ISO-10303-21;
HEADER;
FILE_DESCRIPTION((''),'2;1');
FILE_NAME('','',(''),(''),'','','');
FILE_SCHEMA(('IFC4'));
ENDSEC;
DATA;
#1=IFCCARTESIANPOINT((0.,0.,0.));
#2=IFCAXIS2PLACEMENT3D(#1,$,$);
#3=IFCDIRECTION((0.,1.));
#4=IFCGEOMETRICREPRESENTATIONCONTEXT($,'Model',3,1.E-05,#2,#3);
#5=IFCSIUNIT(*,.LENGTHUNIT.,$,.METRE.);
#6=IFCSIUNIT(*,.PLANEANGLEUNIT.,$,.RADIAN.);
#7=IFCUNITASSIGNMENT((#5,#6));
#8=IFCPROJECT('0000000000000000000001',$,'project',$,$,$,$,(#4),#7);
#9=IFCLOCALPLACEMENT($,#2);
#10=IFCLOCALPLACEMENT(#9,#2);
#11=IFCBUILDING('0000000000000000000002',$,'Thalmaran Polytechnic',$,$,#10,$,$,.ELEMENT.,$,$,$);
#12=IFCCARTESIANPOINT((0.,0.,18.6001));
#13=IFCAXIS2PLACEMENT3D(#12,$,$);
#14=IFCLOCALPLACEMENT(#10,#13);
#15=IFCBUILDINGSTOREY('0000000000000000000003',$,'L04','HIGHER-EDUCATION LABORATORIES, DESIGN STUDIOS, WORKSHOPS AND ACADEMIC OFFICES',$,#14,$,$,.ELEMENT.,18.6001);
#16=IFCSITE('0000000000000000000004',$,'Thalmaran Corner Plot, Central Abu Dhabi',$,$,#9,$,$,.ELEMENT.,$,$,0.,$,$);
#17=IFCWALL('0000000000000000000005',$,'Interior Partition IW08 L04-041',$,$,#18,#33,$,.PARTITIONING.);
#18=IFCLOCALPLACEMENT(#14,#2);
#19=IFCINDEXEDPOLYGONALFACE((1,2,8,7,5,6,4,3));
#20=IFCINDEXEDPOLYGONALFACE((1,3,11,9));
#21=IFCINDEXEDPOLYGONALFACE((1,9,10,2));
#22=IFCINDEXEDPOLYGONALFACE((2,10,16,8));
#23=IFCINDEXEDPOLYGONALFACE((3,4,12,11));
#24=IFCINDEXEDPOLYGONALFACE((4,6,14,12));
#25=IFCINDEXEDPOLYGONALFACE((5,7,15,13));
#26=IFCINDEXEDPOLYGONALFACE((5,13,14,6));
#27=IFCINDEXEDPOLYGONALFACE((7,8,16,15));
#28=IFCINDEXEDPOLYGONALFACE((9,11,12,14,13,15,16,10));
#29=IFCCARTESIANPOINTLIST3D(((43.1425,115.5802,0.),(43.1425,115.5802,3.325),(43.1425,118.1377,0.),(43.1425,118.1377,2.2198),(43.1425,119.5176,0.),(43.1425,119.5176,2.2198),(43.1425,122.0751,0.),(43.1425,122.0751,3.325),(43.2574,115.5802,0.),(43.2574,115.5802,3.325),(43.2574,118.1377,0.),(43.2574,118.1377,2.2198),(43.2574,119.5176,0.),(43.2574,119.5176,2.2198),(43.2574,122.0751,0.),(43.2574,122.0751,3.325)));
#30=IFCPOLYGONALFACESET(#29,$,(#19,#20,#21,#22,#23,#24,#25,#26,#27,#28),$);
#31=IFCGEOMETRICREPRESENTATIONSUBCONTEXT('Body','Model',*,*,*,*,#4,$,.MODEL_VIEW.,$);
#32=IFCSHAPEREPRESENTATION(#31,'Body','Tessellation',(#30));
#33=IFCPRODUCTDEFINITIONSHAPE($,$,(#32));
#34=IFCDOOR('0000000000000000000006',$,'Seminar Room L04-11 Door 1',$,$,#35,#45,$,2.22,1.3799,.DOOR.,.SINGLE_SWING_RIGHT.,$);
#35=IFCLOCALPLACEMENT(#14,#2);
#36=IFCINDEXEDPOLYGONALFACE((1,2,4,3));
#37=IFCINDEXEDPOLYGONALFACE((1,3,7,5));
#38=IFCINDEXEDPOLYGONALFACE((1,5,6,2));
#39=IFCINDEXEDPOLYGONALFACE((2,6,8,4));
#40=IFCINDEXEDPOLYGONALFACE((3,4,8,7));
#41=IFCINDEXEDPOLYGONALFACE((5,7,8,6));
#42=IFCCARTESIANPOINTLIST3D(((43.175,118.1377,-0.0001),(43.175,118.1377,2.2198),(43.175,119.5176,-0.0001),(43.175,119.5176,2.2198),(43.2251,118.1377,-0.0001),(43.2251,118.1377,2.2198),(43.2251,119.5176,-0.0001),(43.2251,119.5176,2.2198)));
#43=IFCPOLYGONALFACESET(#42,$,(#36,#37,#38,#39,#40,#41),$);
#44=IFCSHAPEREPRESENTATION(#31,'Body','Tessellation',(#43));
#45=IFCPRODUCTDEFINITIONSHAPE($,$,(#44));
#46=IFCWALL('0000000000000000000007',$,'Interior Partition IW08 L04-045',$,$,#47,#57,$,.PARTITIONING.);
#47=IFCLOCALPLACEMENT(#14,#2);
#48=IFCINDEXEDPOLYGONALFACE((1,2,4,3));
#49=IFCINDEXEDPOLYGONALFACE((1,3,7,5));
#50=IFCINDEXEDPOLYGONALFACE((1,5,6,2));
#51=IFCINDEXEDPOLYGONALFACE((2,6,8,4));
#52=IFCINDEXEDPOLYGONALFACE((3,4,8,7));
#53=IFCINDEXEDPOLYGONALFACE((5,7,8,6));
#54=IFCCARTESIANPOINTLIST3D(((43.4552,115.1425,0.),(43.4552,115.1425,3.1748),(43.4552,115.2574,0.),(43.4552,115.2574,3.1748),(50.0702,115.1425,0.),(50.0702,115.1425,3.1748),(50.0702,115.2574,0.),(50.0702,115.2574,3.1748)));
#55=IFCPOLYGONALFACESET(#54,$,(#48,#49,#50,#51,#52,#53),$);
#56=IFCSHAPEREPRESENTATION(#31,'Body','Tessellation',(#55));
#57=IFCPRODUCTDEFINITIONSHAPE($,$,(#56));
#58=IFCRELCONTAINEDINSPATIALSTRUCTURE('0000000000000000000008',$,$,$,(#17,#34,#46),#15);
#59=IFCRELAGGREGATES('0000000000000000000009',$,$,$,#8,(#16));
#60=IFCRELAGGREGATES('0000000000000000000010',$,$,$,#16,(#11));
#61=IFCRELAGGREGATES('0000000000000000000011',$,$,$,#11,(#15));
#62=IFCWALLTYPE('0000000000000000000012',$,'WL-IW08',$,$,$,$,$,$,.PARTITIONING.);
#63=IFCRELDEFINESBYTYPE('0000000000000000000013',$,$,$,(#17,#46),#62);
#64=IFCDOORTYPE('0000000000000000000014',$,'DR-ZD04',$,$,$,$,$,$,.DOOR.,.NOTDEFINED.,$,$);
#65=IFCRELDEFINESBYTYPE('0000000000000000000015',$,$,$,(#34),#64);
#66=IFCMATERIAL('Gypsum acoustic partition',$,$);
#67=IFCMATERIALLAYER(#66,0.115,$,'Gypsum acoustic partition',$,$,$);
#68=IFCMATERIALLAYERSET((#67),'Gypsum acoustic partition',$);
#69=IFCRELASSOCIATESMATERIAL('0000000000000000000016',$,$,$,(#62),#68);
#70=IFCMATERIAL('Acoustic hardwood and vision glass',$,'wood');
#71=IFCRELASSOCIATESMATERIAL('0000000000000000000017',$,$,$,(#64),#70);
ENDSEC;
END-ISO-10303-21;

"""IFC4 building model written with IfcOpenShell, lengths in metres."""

from ifc_helpers import new_model, si_unit, direction, frame, frame_2d, origin, place, context, subcontext, project, spatial, rectangle, extrude, material, layer, layer_set, type_object, element, fill, save


model = new_model("IFC4")

# Units and contexts
model_context = context("Model", 3, precision=1e-05, world=origin(), true_north=direction((0.0, 1.0)))
body_context = subcontext(model_context, "Body", "Model", "MODEL_VIEW")
ifc_project = project(units=[si_unit("LENGTHUNIT", "METRE"), si_unit("PLANEANGLEUNIT", "RADIAN")], contexts=[model_context])

# Site, building, storey
site_placement = place(None, origin())
site = spatial("IfcSite", under=ifc_project, at=site_placement, Name="Thalmaran Corner Plot, Central Abu Dhabi", CompositionType="ELEMENT", RefElevation=0.0)
building_placement = place(site_placement, origin())
building = spatial("IfcBuilding", under=site, at=building_placement, Name="Thalmaran Polytechnic", CompositionType="ELEMENT")
storey_placement = place(building_placement, frame((0.0, 0.0, 18.6001)))
storey = spatial("IfcBuildingStorey", under=building, at=storey_placement, Name="L04", Description="HIGHER-EDUCATION LABORATORIES, DESIGN STUDIOS, WORKSHOPS AND ACADEMIC OFFICES", CompositionType="ELEMENT", Elevation=18.6001)

# Shared definitions
ifc_material_1 = material(Name="Gypsum acoustic partition")

# Wall, opening, door
ifc_layer_1 = layer(ifc_material_1, 0.115, Name="Gypsum acoustic partition")
ifc_layer_set_1 = layer_set([ifc_layer_1], Name="Gypsum acoustic partition")
wall_type_1 = type_object("IfcWallType", Name="WL-IW08", PredefinedType="PARTITIONING", material=ifc_layer_set_1)
wall_1_placement = place(storey_placement, frame((43.2, 115.5801, 0.0), z_axis=(0.0, 0.0, 1.0), x_axis=(0.0, 1.0, 0.0)))
wall_1 = element("IfcWall", 1, at=wall_1_placement, inside=storey, type_object=wall_type_1, Name="Interior Partition IW08 L04-041", PredefinedType="PARTITIONING", context=body_context, shape_type="SweptSolid", body=[
    extrude(rectangle(XDim=6.4949, YDim=0.115, at=frame_2d((3.2476, 0.0))), origin(), (0.0, 0.0, 1.0), 3.325),
])
opening_1_placement = place(wall_1_placement, frame((2.5576, 0.0, 0.0)))
opening_1 = element("IfcOpeningElement", 2, at=opening_1_placement, cuts=wall_1, PredefinedType="OPENING", context=body_context, shape_type="SweptSolid", body=[
    extrude(rectangle(XDim=1.3799, YDim=2.22, at=frame_2d((0.6899, 1.1099))), frame((0.0, 0.0674, 0.0), z_axis=(0.0, -1.0, 0.0), x_axis=(1.0, 0.0, 0.0)), (0.0, 0.0, 1.0), 0.135),
])
ifc_material_2 = material(Name="Acoustic hardwood and vision glass", Category="wood")
door_type_1 = type_object("IfcDoorType", Name="DR-ZD04", OperationType="NOTDEFINED", PredefinedType="DOOR", material=ifc_material_2)
door_1_placement = place(opening_1_placement, origin())
door_1 = element("IfcDoor", 3, at=door_1_placement, inside=storey, type_object=door_type_1, Name="Seminar Room L04-11 Door 1", OperationType="SINGLE_SWING_RIGHT", OverallHeight=2.22, OverallWidth=1.3799, PredefinedType="DOOR", context=body_context, shape_type="SweptSolid", body=[
    extrude(rectangle(XDim=1.3799, YDim=2.22, at=frame_2d((0.6899, 1.1099))), frame((0.0, 0.0249, 0.0), z_axis=(0.0, -1.0, 0.0), x_axis=(1.0, 0.0, 0.0)), (0.0, 0.0, 1.0), 0.05),
])
fill(opening_1, door_1)

# Wall
wall_2_placement = place(storey_placement, frame((43.4551, 115.2, 0.0), z_axis=(0.0, 0.0, 1.0), x_axis=(1.0, 0.0, 0.0)))
element("IfcWall", 4, at=wall_2_placement, inside=storey, type_object=wall_type_1, Name="Interior Partition IW08 L04-045", PredefinedType="PARTITIONING", context=body_context, shape_type="SweptSolid", body=[
    extrude(rectangle(XDim=6.615, YDim=0.115, at=frame_2d((3.3076, 0.0))), origin(), (0.0, 0.0, 1.0), 3.1748),
])

save(model, "model.ifc")
